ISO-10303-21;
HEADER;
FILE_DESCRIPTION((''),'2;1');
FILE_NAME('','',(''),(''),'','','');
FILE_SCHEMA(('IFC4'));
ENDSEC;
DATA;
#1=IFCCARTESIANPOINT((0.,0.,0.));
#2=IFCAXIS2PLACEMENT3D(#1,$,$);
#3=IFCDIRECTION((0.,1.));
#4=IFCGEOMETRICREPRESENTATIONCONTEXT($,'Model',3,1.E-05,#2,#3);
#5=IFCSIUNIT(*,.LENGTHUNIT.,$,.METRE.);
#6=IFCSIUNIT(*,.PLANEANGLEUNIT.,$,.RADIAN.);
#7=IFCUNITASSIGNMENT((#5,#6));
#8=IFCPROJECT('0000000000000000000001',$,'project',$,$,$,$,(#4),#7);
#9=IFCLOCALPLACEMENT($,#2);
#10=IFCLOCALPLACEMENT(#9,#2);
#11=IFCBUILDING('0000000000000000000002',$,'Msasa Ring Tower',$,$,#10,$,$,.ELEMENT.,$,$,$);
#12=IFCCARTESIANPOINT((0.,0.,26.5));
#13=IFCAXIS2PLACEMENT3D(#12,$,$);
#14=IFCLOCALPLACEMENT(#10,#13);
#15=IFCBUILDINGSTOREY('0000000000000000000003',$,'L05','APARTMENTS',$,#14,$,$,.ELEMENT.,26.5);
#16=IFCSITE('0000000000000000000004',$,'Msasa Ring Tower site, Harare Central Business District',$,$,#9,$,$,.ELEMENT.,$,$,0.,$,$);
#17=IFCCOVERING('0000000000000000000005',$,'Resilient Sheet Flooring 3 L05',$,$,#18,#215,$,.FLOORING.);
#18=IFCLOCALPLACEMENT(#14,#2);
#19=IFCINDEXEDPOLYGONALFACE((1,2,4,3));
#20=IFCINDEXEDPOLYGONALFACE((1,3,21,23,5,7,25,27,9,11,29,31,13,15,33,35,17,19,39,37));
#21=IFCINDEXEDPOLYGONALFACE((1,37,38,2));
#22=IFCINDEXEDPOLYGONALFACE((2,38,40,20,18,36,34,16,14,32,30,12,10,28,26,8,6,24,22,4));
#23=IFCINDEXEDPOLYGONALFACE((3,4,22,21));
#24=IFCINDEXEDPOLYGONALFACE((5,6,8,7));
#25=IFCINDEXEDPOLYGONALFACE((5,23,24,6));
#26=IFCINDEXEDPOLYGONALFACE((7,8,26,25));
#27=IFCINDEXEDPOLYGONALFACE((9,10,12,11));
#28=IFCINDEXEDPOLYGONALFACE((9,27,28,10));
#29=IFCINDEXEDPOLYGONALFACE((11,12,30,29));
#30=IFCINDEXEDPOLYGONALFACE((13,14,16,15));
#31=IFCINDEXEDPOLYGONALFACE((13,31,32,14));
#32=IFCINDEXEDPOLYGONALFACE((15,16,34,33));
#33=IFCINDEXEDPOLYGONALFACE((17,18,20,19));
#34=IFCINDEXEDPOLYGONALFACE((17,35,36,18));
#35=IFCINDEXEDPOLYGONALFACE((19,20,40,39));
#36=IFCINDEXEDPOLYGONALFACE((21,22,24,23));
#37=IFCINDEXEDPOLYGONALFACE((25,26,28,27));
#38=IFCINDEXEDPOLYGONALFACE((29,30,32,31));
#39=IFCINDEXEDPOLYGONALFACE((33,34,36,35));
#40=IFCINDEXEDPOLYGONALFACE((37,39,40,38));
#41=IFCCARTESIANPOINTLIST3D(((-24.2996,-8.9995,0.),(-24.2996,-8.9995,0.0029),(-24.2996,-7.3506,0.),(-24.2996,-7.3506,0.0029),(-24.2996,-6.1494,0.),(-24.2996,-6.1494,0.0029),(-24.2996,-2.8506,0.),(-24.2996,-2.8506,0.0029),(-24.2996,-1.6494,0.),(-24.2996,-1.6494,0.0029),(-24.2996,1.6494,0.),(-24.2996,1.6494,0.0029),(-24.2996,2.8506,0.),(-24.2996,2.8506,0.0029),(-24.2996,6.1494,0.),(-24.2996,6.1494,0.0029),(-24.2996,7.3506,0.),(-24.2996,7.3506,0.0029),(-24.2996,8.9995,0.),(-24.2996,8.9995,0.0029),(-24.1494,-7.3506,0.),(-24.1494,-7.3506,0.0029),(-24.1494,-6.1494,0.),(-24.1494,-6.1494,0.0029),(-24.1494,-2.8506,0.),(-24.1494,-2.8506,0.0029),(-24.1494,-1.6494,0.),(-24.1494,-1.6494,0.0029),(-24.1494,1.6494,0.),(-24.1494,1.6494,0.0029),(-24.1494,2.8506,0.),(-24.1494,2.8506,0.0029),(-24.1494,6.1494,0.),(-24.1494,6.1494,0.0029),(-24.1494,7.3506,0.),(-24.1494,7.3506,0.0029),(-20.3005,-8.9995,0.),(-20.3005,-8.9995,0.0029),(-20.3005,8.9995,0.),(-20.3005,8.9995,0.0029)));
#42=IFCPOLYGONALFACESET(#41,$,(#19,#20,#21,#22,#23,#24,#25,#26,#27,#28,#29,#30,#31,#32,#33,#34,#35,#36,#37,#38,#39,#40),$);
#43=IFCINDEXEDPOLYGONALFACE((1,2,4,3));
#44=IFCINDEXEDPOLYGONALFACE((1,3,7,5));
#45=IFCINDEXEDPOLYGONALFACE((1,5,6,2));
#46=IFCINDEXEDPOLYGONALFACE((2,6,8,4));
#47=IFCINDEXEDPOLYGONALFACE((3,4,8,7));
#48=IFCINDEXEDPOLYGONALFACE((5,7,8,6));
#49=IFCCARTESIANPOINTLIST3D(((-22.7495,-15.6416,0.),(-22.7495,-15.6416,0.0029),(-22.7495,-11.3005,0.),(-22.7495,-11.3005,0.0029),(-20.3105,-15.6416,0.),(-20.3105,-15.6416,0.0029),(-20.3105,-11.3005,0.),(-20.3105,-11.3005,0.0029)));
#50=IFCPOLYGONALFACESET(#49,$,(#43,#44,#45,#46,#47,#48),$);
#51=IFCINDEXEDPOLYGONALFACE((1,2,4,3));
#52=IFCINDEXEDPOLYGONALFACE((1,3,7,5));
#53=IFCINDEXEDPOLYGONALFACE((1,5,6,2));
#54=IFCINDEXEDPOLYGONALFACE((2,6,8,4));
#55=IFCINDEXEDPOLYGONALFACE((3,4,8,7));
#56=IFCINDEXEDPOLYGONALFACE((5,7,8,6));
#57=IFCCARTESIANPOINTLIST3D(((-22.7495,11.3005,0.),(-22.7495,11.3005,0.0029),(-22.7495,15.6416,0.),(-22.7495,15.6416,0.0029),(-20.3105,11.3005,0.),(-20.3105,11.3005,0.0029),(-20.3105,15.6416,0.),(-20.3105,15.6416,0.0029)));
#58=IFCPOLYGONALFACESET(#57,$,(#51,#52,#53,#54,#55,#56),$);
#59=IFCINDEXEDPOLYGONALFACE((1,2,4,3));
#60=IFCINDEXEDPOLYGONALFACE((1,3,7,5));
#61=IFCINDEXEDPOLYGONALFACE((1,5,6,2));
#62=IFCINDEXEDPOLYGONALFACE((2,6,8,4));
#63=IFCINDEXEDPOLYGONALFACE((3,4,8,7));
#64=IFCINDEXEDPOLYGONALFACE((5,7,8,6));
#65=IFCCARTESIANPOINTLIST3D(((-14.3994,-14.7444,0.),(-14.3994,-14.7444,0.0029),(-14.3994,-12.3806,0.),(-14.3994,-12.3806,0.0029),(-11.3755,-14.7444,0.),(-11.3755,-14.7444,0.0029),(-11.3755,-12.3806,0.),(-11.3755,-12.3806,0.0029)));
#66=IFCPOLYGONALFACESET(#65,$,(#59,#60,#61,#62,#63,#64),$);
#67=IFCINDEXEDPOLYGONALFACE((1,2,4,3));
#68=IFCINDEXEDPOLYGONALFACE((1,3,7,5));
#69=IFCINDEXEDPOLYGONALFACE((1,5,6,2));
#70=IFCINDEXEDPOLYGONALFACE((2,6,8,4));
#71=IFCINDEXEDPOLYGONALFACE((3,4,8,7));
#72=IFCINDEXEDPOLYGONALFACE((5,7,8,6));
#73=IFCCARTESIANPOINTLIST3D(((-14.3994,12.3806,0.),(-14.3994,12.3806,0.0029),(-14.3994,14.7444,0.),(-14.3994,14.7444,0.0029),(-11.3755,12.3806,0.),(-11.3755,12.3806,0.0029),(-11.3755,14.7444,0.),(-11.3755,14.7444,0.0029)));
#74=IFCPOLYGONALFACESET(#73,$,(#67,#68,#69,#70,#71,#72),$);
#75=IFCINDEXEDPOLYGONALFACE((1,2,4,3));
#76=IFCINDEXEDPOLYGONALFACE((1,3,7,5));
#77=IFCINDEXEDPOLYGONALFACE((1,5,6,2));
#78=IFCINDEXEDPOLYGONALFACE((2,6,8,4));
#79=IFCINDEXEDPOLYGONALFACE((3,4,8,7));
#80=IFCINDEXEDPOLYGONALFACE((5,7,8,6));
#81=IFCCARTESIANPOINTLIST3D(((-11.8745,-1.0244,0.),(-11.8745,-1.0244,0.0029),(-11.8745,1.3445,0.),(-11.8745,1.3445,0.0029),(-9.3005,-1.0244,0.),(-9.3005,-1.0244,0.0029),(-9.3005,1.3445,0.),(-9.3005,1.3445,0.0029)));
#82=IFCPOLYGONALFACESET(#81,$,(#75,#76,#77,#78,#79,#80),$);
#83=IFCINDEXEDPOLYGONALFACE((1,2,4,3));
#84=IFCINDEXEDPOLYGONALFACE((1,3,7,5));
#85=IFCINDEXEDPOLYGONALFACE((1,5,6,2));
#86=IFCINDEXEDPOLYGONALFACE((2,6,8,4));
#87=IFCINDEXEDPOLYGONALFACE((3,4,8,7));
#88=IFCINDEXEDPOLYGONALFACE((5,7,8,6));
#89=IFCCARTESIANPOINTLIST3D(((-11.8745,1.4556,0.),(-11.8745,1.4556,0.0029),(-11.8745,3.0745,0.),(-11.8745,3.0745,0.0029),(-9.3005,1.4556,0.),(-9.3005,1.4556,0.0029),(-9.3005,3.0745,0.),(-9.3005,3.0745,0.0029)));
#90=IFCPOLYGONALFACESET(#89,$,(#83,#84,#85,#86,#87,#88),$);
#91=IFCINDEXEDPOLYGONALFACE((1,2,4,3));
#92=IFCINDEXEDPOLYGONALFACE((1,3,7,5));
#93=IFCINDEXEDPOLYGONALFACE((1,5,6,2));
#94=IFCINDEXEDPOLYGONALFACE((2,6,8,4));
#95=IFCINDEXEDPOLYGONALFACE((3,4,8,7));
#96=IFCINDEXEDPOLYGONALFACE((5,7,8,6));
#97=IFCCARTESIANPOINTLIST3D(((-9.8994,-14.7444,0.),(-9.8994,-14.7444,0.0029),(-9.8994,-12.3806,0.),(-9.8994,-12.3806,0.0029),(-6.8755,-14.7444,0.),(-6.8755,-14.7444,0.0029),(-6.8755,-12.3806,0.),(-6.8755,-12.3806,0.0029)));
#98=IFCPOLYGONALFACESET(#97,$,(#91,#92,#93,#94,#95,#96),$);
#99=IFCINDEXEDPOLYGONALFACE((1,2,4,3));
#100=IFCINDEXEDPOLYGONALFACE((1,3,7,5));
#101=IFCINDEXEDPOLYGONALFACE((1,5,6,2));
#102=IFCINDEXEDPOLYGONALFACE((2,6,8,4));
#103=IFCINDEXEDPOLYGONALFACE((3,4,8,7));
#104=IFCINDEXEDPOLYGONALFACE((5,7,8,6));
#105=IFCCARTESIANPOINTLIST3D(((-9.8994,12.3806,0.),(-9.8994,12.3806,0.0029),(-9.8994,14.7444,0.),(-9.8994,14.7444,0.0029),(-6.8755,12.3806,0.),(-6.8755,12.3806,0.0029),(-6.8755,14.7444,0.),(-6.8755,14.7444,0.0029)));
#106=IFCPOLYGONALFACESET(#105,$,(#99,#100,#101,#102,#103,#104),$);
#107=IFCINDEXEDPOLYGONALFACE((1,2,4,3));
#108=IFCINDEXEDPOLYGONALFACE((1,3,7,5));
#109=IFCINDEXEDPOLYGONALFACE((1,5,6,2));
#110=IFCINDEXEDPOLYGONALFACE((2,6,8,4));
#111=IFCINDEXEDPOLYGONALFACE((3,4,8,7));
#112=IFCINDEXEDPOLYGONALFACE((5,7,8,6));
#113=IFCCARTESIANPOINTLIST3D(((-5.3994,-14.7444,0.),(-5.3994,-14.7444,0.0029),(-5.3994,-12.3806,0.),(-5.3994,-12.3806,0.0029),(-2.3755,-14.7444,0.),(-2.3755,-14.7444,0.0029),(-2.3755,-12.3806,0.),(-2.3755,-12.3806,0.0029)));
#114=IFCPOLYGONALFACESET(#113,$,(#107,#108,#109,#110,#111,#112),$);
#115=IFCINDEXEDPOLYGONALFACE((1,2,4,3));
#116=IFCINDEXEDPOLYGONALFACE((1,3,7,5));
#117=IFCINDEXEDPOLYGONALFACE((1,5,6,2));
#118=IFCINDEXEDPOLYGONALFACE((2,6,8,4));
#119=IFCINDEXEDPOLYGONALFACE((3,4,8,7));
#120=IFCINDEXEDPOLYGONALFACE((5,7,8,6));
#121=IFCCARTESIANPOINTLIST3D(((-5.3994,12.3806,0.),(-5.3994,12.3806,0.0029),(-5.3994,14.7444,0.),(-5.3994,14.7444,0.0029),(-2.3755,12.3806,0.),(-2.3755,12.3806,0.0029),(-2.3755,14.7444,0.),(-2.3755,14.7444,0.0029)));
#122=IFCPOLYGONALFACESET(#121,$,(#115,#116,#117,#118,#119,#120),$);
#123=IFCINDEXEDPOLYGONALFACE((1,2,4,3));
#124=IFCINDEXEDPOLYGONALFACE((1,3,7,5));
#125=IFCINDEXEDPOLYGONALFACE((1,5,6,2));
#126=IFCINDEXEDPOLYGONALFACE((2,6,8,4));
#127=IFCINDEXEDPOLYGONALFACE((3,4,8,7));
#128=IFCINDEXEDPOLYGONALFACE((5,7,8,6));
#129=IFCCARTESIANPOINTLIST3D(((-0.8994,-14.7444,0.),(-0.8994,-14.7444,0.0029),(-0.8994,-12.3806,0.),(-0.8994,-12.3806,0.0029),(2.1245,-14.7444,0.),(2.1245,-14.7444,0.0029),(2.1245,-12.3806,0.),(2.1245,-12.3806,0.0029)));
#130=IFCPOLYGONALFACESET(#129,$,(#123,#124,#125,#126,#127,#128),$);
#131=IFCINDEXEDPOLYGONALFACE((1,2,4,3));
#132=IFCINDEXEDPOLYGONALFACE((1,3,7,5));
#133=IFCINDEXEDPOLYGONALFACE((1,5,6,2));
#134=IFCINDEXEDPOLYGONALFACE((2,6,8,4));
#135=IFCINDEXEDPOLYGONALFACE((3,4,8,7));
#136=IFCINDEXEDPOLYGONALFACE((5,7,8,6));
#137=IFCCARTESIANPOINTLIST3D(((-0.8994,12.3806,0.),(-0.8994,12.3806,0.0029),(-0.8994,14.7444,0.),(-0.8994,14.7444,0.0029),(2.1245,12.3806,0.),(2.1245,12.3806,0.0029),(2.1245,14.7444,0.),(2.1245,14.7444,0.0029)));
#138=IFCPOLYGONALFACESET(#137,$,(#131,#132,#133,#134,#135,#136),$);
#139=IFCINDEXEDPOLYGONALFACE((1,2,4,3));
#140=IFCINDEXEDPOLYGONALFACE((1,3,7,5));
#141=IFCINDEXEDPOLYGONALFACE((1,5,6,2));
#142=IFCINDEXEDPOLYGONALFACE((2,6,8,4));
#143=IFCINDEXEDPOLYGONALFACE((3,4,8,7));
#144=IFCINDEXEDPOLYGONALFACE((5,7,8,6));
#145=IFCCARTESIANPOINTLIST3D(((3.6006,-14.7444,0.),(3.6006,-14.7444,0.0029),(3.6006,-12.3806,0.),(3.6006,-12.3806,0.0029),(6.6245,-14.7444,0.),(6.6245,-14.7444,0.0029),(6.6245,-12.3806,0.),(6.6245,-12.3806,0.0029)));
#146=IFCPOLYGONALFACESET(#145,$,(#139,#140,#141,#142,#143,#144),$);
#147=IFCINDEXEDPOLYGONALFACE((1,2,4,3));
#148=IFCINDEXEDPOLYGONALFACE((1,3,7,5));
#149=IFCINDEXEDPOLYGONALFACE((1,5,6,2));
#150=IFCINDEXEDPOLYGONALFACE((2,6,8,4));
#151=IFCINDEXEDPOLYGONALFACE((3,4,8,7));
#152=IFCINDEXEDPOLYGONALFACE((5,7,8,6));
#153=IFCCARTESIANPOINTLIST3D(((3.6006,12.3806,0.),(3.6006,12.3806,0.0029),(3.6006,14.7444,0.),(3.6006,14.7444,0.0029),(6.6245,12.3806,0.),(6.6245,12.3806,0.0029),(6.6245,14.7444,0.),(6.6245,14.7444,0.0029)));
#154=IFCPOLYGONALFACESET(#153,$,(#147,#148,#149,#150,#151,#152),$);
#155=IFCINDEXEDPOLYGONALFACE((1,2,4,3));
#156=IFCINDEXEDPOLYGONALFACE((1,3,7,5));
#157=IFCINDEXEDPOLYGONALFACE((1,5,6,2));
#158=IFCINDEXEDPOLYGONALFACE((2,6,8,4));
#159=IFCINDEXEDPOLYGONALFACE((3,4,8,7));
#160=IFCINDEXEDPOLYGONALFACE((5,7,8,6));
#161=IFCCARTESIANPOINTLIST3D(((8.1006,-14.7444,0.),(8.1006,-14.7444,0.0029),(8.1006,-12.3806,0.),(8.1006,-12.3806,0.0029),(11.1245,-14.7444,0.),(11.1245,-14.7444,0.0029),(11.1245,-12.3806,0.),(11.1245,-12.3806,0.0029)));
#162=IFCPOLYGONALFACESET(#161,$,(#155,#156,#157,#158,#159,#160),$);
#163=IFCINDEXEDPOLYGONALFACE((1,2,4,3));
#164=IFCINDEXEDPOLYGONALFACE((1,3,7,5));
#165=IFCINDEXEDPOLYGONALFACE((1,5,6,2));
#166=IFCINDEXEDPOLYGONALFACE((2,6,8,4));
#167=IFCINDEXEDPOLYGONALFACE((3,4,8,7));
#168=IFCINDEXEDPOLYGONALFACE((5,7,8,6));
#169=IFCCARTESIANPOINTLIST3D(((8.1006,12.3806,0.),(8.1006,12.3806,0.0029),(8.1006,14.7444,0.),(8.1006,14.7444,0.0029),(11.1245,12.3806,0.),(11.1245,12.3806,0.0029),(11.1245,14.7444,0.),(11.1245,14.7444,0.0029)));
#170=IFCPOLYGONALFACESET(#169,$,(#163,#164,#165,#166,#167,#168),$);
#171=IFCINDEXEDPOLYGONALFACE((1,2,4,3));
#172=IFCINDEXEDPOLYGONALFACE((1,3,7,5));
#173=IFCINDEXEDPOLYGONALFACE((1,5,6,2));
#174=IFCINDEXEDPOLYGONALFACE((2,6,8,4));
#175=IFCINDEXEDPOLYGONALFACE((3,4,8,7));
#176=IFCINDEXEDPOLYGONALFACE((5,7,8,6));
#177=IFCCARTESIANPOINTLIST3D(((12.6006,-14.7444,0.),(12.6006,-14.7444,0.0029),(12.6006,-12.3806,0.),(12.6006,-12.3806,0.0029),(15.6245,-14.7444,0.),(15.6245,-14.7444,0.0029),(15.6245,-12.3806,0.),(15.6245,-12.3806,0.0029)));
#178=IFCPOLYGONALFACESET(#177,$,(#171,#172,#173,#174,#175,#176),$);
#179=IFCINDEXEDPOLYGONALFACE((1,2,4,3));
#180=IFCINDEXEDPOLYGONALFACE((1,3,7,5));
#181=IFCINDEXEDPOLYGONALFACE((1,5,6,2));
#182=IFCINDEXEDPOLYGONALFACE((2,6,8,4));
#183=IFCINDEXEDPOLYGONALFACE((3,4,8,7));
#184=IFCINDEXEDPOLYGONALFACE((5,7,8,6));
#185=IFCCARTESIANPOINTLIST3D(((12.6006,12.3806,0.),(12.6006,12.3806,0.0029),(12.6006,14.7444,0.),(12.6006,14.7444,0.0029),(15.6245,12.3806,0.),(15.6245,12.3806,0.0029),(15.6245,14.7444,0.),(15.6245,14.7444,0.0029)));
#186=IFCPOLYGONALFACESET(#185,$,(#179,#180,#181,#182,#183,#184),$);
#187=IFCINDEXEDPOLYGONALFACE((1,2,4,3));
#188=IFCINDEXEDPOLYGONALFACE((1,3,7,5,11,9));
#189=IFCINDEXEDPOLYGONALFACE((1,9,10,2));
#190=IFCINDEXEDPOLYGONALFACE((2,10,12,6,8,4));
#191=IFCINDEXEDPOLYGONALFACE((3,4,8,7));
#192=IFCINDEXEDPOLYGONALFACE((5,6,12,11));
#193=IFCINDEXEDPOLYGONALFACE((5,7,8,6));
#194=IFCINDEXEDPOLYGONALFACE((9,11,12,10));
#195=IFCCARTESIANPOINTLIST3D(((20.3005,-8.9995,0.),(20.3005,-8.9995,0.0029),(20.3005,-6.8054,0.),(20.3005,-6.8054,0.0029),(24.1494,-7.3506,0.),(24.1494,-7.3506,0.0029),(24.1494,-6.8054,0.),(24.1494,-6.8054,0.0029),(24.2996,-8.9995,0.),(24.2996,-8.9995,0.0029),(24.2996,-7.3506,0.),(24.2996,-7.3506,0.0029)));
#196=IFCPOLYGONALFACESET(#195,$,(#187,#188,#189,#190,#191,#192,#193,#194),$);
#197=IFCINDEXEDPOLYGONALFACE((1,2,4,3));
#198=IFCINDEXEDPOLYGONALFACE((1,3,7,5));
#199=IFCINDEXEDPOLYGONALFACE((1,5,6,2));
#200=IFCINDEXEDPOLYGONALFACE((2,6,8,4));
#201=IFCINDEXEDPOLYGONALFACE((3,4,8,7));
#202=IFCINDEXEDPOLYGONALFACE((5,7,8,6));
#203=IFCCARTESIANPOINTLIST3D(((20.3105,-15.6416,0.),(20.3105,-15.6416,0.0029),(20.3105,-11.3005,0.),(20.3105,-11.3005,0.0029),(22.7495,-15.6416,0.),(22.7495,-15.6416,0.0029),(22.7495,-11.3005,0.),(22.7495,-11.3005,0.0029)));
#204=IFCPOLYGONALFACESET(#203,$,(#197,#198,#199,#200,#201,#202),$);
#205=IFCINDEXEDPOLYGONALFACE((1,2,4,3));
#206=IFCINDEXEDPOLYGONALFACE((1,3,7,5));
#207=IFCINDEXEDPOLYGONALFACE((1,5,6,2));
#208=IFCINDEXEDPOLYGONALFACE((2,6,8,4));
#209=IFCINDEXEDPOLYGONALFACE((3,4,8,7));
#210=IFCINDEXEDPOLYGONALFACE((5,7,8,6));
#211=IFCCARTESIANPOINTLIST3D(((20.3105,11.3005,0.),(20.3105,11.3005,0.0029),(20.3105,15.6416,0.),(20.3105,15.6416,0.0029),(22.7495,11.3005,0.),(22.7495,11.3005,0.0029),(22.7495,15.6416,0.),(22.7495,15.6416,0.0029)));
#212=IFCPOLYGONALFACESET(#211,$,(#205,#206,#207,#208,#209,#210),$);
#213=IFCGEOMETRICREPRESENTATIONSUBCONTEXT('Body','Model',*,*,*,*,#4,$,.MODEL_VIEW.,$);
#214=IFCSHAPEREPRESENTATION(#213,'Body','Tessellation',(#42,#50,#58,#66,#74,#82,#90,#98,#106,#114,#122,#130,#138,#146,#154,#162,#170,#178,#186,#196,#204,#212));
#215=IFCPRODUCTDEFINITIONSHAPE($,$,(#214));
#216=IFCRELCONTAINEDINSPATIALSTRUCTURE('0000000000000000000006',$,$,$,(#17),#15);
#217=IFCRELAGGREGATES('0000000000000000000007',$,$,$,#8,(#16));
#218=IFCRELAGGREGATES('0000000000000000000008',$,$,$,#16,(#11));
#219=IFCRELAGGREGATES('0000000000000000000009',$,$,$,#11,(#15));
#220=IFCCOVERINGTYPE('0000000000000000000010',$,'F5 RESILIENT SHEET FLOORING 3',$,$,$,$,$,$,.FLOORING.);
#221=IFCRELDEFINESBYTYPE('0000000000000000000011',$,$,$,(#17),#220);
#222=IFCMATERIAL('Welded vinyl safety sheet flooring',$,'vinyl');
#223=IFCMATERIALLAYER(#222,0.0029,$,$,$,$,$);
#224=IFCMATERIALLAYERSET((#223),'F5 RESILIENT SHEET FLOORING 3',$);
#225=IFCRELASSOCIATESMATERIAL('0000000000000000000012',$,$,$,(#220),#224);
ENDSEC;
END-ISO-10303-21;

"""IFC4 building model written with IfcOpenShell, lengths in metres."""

from ifc_helpers import new_model, si_unit, direction, frame, origin, place, context, subcontext, project, spatial, line, indexed_curve, outline, extrude, material, layer, layer_set, type_object, element, save


model = new_model("IFC4")

# Units and contexts
model_context = context("Model", 3, precision=1e-05, world=origin(), true_north=direction((0.0, 1.0)))
body_context = subcontext(model_context, "Body", "Model", "MODEL_VIEW")
ifc_project = project(units=[si_unit("LENGTHUNIT", "METRE"), si_unit("PLANEANGLEUNIT", "RADIAN")], contexts=[model_context])

# Site, building, storey
site_placement = place(None, origin())
site = spatial("IfcSite", under=ifc_project, at=site_placement, Name="Msasa Ring Tower site, Harare Central Business District", CompositionType="ELEMENT", RefElevation=0.0)
building_placement = place(site_placement, origin())
building = spatial("IfcBuilding", under=site, at=building_placement, Name="Msasa Ring Tower", CompositionType="ELEMENT")
storey_placement = place(building_placement, frame((0.0, 0.0, 26.5)))
storey = spatial("IfcBuildingStorey", under=building, at=storey_placement, Name="L05", Description="APARTMENTS", CompositionType="ELEMENT", Elevation=26.5)

# Covering
ifc_material_1 = material(Name="Welded vinyl safety sheet flooring", Category="vinyl")
ifc_layer_1 = layer(ifc_material_1, 0.0029)
ifc_layer_set_1 = layer_set([ifc_layer_1], Name="F5 RESILIENT SHEET FLOORING 3")
covering_type_1 = type_object("IfcCoveringType", Name="F5 RESILIENT SHEET FLOORING 3", PredefinedType="FLOORING", material=ifc_layer_set_1)
covering_1_placement = place(storey_placement, origin())
element("IfcCovering", 1, at=covering_1_placement, inside=storey, type_object=covering_type_1, Name="Resilient Sheet Flooring 3 L05", PredefinedType="FLOORING", context=body_context, shape_type="SweptSolid", body=[
    extrude(outline(indexed_curve([(-24.2996, -7.3506), (-24.1494, -7.3506), (-24.1494, -6.1494), (-24.2996, -6.1494), (-24.2996, -2.8506), (-24.1494, -2.8506), (-24.1494, -1.6494), (-24.2996, -1.6494), (-24.2996, 1.6494), (-24.1494, 1.6494), (-24.1494, 2.8506), (-24.2996, 2.8506), (-24.2996, 6.1494), (-24.1494, 6.1494), (-24.1494, 7.3506), (-24.2996, 7.3506), (-24.2996, 8.9995), (-20.3005, 8.9995), (-20.3005, -8.9995), (-24.2996, -8.9995)], segments=[line(1, 2, 3, 4, 5, 6, 7, 8, 9, 10, 11, 12, 13, 14, 15, 16, 17, 18, 19, 20, 1)], self_intersect=False)), origin(), (0.0, 0.0, 1.0), 0.0029),
    extrude(outline(indexed_curve([(-20.3105, -15.6416), (-22.7495, -15.6416), (-22.7495, -11.3005), (-20.3105, -11.3005)], segments=[line(1, 2, 3, 4, 1)], self_intersect=False)), origin(), (0.0, 0.0, 1.0), 0.0029),
    extrude(outline(indexed_curve([(-20.3105, 11.3005), (-22.7495, 11.3005), (-22.7495, 15.6416), (-20.3105, 15.6416)], segments=[line(1, 2, 3, 4, 1)], self_intersect=False)), origin(), (0.0, 0.0, 1.0), 0.0029),
    extrude(outline(indexed_curve([(-11.3755, -12.3806), (-11.3755, -14.7444), (-14.3994, -14.7444), (-14.3994, -12.3806)], segments=[line(1, 2, 3, 4, 1)], self_intersect=False)), origin(), (0.0, 0.0, 1.0), 0.0029),
    extrude(outline(indexed_curve([(-11.3755, 14.7444), (-11.3755, 12.3806), (-14.3994, 12.3806), (-14.3994, 14.7444)], segments=[line(1, 2, 3, 4, 1)], self_intersect=False)), origin(), (0.0, 0.0, 1.0), 0.0029),
    extrude(outline(indexed_curve([(-9.3005, 1.3445), (-9.3005, -1.0244), (-11.8745, -1.0244), (-11.8745, 1.3445)], segments=[line(1, 2, 3, 4, 1)], self_intersect=False)), origin(), (0.0, 0.0, 1.0), 0.0029),
    extrude(outline(indexed_curve([(-9.3005, 1.4556), (-11.8745, 1.4556), (-11.8745, 3.0745), (-9.3005, 3.0745)], segments=[line(1, 2, 3, 4, 1)], self_intersect=False)), origin(), (0.0, 0.0, 1.0), 0.0029),
    extrude(outline(indexed_curve([(-6.8755, -12.3806), (-6.8755, -14.7444), (-9.8994, -14.7444), (-9.8994, -12.3806)], segments=[line(1, 2, 3, 4, 1)], self_intersect=False)), origin(), (0.0, 0.0, 1.0), 0.0029),
    extrude(outline(indexed_curve([(-9.8994, 12.3806), (-9.8994, 14.7444), (-6.8755, 14.7444), (-6.8755, 12.3806)], segments=[line(1, 2, 3, 4, 1)], self_intersect=False)), origin(), (0.0, 0.0, 1.0), 0.0029),
    extrude(outline(indexed_curve([(-2.3755, -12.3806), (-2.3755, -14.7444), (-5.3994, -14.7444), (-5.3994, -12.3806)], segments=[line(1, 2, 3, 4, 1)], self_intersect=False)), origin(), (0.0, 0.0, 1.0), 0.0029),
    extrude(outline(indexed_curve([(-5.3994, 12.3806), (-5.3994, 14.7444), (-2.3755, 14.7444), (-2.3755, 12.3806)], segments=[line(1, 2, 3, 4, 1)], self_intersect=False)), origin(), (0.0, 0.0, 1.0), 0.0029),
    extrude(outline(indexed_curve([(2.1245, -12.3806), (2.1245, -14.7444), (-0.8994, -14.7444), (-0.8994, -12.3806)], segments=[line(1, 2, 3, 4, 1)], self_intersect=False)), origin(), (0.0, 0.0, 1.0), 0.0029),
    extrude(outline(indexed_curve([(-0.8994, 12.3806), (-0.8994, 14.7444), (2.1245, 14.7444), (2.1245, 12.3806)], segments=[line(1, 2, 3, 4, 1)], self_intersect=False)), origin(), (0.0, 0.0, 1.0), 0.0029),
    extrude(outline(indexed_curve([(6.6245, -12.3806), (6.6245, -14.7444), (3.6006, -14.7444), (3.6006, -12.3806)], segments=[line(1, 2, 3, 4, 1)], self_intersect=False)), origin(), (0.0, 0.0, 1.0), 0.0029),
    extrude(outline(indexed_curve([(6.6245, 14.7444), (6.6245, 12.3806), (3.6006, 12.3806), (3.6006, 14.7444)], segments=[line(1, 2, 3, 4, 1)], self_intersect=False)), origin(), (0.0, 0.0, 1.0), 0.0029),
    extrude(outline(indexed_curve([(11.1245, -12.3806), (11.1245, -14.7444), (8.1006, -14.7444), (8.1006, -12.3806)], segments=[line(1, 2, 3, 4, 1)], self_intersect=False)), origin(), (0.0, 0.0, 1.0), 0.0029),
    extrude(outline(indexed_curve([(8.1006, 12.3806), (8.1006, 14.7444), (11.1245, 14.7444), (11.1245, 12.3806)], segments=[line(1, 2, 3, 4, 1)], self_intersect=False)), origin(), (0.0, 0.0, 1.0), 0.0029),
    extrude(outline(indexed_curve([(12.6006, -14.7444), (12.6006, -12.3806), (15.6245, -12.3806), (15.6245, -14.7444)], segments=[line(1, 2, 3, 4, 1)], self_intersect=False)), origin(), (0.0, 0.0, 1.0), 0.0029),
    extrude(outline(indexed_curve([(12.6006, 12.3806), (12.6006, 14.7444), (15.6245, 14.7444), (15.6245, 12.3806)], segments=[line(1, 2, 3, 4, 1)], self_intersect=False)), origin(), (0.0, 0.0, 1.0), 0.0029),
    extrude(outline(indexed_curve([(20.3005, -6.8054), (24.1494, -6.8054), (24.1494, -7.3506), (24.2996, -7.3506), (24.2996, -8.9995), (20.3005, -8.9995)], segments=[line(1, 2, 3, 4, 5, 6, 1)], self_intersect=False)), origin(), (0.0, 0.0, 1.0), 0.0029),
    extrude(outline(indexed_curve([(22.7495, -15.6416), (20.3105, -15.6416), (20.3105, -11.3005), (22.7495, -11.3005)], segments=[line(1, 2, 3, 4, 1)], self_intersect=False)), origin(), (0.0, 0.0, 1.0), 0.0029),
    extrude(outline(indexed_curve([(22.7495, 11.3005), (20.3105, 11.3005), (20.3105, 15.6416), (22.7495, 15.6416)], segments=[line(1, 2, 3, 4, 1)], self_intersect=False)), origin(), (0.0, 0.0, 1.0), 0.0029),
])

save(model, "model.ifc")
